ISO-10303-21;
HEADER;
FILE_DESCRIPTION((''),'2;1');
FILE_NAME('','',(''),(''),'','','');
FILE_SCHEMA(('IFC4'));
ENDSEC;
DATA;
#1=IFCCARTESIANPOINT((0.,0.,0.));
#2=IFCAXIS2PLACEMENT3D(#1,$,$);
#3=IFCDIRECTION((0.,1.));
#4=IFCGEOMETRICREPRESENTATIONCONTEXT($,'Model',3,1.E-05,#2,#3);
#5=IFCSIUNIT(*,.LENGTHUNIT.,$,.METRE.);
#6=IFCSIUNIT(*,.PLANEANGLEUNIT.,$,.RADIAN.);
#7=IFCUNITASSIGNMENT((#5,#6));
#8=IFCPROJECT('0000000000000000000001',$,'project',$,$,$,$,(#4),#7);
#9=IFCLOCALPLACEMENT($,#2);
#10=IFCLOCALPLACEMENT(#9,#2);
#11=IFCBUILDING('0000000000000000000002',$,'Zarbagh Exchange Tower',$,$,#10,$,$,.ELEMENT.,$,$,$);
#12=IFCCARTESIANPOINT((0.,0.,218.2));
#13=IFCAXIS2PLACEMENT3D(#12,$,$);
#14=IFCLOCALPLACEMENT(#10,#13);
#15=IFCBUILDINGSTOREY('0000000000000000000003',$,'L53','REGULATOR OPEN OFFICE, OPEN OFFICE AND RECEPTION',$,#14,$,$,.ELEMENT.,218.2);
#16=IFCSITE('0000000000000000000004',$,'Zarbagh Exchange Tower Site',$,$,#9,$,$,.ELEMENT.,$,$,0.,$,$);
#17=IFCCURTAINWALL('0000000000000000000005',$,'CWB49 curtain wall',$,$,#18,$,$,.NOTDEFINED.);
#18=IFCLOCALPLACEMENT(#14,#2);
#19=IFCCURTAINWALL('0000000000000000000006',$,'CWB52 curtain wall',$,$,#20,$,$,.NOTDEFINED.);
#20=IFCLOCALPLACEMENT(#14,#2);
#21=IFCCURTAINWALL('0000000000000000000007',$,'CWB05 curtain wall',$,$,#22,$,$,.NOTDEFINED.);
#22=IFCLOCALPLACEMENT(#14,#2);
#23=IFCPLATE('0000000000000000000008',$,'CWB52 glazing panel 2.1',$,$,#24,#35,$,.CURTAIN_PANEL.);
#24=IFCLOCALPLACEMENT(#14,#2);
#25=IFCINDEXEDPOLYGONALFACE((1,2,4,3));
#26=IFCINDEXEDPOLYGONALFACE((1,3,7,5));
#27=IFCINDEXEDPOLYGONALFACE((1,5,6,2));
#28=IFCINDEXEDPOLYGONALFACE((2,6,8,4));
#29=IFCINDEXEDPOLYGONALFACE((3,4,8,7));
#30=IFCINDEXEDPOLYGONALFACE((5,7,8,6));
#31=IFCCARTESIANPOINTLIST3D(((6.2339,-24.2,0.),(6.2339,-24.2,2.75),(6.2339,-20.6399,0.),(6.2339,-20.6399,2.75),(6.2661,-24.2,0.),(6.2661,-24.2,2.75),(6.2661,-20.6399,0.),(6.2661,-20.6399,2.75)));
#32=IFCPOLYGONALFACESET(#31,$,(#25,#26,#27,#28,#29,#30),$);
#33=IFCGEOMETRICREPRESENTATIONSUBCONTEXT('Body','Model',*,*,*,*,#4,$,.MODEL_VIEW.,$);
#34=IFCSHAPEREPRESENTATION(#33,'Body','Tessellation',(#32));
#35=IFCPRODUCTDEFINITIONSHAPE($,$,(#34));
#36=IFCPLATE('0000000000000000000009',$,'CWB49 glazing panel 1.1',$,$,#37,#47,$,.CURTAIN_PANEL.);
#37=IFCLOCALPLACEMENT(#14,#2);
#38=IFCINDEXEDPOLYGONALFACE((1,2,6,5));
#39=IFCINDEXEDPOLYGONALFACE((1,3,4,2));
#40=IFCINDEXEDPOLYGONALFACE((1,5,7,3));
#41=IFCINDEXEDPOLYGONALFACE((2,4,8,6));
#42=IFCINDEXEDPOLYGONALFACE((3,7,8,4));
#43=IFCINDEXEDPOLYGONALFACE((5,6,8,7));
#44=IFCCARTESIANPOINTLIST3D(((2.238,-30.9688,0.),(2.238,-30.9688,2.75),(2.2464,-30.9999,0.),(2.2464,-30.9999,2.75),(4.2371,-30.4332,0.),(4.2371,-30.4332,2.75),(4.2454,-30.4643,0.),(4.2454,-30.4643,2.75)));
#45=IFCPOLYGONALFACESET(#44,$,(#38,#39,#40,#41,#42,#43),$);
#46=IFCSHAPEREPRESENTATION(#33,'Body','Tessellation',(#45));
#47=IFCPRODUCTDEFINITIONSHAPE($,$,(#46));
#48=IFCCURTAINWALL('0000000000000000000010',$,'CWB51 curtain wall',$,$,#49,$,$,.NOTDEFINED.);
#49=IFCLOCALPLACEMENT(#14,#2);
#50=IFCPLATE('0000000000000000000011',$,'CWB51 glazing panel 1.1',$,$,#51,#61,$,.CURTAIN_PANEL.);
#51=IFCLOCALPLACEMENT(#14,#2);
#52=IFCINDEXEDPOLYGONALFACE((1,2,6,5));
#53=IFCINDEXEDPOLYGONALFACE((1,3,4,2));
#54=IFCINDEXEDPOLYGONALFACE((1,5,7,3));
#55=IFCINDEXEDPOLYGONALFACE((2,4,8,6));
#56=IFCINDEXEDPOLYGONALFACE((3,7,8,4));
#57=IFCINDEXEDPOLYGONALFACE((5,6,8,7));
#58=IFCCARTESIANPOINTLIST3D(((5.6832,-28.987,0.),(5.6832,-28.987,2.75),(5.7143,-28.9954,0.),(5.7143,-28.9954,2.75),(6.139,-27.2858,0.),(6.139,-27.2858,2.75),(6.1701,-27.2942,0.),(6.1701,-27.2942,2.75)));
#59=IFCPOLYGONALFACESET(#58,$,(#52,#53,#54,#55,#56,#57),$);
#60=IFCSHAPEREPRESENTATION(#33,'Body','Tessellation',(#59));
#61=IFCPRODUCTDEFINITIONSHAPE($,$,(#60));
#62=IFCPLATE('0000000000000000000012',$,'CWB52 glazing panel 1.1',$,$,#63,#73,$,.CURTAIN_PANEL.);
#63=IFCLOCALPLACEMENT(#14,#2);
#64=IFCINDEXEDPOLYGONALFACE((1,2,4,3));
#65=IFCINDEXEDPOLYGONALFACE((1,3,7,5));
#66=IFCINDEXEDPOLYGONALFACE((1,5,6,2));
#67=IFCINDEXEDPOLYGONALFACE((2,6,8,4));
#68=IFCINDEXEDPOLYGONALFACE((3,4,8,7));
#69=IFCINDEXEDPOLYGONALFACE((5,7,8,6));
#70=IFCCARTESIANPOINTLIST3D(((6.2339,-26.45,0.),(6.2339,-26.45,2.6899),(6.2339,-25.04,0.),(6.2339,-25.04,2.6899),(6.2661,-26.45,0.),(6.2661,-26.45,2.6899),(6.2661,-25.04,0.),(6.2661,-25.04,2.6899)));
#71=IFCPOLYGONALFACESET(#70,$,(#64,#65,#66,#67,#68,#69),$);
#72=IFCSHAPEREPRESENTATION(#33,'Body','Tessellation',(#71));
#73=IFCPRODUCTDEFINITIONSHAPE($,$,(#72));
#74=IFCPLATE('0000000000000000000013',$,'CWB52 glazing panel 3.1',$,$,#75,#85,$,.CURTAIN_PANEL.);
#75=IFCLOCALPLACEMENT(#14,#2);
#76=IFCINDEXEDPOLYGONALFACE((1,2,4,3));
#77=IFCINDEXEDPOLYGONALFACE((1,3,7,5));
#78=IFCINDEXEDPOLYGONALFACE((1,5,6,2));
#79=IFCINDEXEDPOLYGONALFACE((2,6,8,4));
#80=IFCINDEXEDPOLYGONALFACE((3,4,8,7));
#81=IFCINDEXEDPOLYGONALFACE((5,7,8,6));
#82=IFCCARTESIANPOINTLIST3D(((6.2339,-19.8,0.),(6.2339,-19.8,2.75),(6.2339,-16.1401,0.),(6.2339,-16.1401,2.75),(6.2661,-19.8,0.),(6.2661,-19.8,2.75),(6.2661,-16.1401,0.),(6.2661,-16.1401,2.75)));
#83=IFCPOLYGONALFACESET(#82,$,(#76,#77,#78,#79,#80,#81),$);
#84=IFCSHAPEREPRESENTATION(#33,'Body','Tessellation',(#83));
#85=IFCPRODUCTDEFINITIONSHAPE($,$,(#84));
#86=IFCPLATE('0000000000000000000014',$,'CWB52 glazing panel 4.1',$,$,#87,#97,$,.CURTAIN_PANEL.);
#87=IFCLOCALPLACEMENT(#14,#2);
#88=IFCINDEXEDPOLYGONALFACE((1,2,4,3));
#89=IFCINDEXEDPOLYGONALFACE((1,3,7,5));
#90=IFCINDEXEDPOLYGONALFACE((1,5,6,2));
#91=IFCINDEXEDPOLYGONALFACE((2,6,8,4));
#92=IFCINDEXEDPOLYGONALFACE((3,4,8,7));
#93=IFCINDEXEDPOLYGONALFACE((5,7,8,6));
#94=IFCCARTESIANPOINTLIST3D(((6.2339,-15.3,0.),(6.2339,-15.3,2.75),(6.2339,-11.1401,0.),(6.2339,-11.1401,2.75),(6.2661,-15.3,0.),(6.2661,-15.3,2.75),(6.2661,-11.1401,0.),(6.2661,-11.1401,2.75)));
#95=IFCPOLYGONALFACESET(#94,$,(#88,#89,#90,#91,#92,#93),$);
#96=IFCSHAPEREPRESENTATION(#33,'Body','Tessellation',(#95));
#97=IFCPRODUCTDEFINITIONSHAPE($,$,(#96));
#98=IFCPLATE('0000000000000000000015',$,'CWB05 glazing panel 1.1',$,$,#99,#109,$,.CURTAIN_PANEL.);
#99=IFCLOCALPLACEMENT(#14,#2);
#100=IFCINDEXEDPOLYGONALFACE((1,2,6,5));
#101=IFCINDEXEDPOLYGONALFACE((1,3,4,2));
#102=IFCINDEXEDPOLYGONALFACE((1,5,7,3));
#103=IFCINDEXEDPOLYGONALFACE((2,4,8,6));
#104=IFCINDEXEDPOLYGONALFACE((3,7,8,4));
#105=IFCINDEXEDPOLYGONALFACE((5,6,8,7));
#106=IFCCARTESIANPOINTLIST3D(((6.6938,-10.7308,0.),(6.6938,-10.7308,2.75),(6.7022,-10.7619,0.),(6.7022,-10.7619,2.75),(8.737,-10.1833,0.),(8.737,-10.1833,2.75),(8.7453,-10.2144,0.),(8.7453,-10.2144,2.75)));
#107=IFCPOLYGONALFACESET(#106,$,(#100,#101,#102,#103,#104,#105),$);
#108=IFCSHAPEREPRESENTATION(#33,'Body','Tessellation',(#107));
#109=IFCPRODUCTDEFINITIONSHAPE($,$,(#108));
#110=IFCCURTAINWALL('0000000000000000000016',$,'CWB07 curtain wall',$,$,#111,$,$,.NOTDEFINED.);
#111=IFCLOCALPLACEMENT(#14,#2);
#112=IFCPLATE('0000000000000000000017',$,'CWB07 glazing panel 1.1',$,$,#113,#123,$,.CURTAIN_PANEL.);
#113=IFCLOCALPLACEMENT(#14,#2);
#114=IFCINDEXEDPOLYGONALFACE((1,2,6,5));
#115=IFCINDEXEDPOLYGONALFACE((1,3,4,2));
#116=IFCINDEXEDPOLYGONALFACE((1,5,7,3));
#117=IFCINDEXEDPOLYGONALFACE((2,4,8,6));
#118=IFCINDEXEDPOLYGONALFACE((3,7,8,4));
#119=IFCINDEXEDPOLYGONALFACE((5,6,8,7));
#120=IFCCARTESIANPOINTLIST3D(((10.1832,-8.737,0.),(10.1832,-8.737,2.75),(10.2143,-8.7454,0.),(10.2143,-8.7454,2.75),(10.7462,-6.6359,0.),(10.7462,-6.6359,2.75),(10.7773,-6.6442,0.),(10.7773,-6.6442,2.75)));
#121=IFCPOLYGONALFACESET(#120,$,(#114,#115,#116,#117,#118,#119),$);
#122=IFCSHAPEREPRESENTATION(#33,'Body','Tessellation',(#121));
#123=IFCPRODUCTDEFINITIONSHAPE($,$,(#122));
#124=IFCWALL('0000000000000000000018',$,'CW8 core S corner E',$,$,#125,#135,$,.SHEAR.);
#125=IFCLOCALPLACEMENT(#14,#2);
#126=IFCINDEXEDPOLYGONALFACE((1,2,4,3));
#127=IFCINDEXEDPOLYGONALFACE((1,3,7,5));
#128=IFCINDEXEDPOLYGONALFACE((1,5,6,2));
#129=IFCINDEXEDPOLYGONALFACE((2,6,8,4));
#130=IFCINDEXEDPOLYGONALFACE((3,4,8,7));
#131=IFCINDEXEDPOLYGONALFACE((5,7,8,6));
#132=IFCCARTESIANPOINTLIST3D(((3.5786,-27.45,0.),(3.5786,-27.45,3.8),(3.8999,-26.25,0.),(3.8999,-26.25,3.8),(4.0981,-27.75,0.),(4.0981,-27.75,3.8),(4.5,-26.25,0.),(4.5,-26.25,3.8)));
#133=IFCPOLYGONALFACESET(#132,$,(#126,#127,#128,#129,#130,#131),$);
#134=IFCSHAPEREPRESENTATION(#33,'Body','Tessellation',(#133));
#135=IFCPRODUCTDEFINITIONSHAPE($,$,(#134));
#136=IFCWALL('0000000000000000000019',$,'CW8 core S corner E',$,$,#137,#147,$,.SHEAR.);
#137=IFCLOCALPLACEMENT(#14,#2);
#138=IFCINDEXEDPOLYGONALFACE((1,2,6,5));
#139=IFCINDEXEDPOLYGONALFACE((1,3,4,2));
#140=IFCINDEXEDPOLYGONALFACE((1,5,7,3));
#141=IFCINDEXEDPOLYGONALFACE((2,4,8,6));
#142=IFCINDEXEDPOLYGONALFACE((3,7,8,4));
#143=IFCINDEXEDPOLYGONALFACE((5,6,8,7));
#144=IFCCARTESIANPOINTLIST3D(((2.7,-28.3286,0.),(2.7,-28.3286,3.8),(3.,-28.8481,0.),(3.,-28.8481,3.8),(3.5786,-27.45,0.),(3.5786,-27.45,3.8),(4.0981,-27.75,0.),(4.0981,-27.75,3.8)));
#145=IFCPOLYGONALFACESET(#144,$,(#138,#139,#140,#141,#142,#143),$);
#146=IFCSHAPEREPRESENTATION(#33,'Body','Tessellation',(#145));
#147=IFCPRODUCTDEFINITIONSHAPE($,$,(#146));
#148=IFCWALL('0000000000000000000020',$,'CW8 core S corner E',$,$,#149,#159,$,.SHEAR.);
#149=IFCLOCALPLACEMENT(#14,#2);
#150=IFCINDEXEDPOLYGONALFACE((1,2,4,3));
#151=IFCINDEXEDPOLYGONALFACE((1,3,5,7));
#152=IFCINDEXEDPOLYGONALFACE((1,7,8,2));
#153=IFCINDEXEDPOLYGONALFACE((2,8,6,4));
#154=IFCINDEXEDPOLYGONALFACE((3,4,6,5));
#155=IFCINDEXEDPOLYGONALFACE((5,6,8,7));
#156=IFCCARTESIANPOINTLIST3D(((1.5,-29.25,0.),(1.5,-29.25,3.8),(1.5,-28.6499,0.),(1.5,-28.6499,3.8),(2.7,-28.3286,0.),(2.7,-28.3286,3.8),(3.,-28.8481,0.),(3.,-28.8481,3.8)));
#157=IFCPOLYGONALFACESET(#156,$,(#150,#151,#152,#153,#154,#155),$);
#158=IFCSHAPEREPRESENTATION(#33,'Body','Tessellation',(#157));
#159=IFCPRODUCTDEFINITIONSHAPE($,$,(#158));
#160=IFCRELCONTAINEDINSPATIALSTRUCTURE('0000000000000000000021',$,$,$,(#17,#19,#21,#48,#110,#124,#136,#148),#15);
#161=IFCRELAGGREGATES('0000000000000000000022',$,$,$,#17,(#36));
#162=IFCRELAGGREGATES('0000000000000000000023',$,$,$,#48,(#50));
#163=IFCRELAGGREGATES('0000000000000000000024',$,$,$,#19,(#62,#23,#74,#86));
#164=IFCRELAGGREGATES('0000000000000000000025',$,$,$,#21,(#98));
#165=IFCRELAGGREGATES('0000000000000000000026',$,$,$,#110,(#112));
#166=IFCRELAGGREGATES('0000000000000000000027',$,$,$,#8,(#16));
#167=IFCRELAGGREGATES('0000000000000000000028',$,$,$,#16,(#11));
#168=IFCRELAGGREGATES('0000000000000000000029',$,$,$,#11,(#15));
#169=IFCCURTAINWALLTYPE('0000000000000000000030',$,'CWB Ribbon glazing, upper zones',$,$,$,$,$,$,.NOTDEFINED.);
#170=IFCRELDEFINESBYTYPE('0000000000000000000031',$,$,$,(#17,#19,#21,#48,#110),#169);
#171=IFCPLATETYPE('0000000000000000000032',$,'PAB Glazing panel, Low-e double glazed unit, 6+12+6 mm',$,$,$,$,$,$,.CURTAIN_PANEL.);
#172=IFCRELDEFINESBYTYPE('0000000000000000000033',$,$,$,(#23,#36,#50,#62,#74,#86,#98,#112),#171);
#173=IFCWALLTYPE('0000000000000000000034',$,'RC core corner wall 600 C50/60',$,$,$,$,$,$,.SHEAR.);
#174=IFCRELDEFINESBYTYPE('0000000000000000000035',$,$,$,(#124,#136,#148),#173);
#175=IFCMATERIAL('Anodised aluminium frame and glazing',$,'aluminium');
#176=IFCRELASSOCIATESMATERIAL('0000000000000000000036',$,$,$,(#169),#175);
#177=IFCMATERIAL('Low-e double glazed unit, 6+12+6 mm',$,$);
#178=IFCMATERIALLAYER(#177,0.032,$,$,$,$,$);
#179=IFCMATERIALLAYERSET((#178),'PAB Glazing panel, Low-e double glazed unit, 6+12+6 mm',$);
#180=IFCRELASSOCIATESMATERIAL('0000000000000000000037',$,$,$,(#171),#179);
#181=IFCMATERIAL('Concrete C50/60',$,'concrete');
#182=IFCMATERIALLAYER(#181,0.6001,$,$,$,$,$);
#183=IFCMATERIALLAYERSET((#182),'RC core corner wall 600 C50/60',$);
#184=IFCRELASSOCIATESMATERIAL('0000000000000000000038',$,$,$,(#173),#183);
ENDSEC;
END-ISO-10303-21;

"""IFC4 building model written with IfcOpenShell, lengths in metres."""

from ifc_helpers import new_model, si_unit, direction, frame, origin, place, context, subcontext, project, spatial, polyline, outline, extrude, source, transform, mapped, material, layer, layer_set, type_object, element, aggregate, save


model = new_model("IFC4")

# Units and contexts
model_context = context("Model", 3, precision=1e-05, world=origin(), true_north=direction((0.0, 1.0)))
body_context = subcontext(model_context, "Body", "Model", "MODEL_VIEW")
ifc_project = project(units=[si_unit("LENGTHUNIT", "METRE"), si_unit("PLANEANGLEUNIT", "RADIAN")], contexts=[model_context])

# Site, building, storey
site_placement = place(None, origin())
site = spatial("IfcSite", under=ifc_project, at=site_placement, Name="Zarbagh Exchange Tower Site", CompositionType="ELEMENT", RefElevation=0.0)
building_placement = place(site_placement, origin())
building = spatial("IfcBuilding", under=site, at=building_placement, Name="Zarbagh Exchange Tower", CompositionType="ELEMENT")
storey_placement = place(building_placement, frame((0.0, 0.0, 218.2)))
storey = spatial("IfcBuildingStorey", under=building, at=storey_placement, Name="L53", Description="REGULATOR OPEN OFFICE, OPEN OFFICE AND RECEPTION", CompositionType="ELEMENT", Elevation=218.2)

# Curtain wall
ifc_material_1 = material(Name="Anodised aluminium frame and glazing", Category="aluminium")
curtain_wall_type = type_object("IfcCurtainWallType", Name="CWB Ribbon glazing, upper zones", PredefinedType="NOTDEFINED", material=ifc_material_1)
curtain_wall_1_placement = place(storey_placement, origin())
curtain_wall_1 = element("IfcCurtainWall", 1, at=curtain_wall_1_placement, inside=storey, type_object=curtain_wall_type, Name="CWB49 curtain wall", PredefinedType="NOTDEFINED")
placement = place(storey_placement, origin())

# Curtain wall
curtain_wall_2_placement = place(storey_placement, origin())
curtain_wall_2 = element("IfcCurtainWall", 2, at=curtain_wall_2_placement, inside=storey, type_object=curtain_wall_type, Name="CWB52 curtain wall", PredefinedType="NOTDEFINED")

# Curtain wall
curtain_wall_3_placement = place(storey_placement, origin())
curtain_wall_3 = element("IfcCurtainWall", 3, at=curtain_wall_3_placement, inside=storey, type_object=curtain_wall_type, Name="CWB05 curtain wall", PredefinedType="NOTDEFINED")

# Shared definitions
ifc_material_2 = material(Name="Low-e double glazed unit, 6+12+6 mm")
ifc_layer_1 = layer(ifc_material_2, 0.032)
ifc_layer_set_1 = layer_set([ifc_layer_1], Name="PAB Glazing panel, Low-e double glazed unit, 6+12+6 mm")
plate_type = type_object("IfcPlateType", Name="PAB Glazing panel, Low-e double glazed unit, 6+12+6 mm", PredefinedType="CURTAIN_PANEL", material=ifc_layer_set_1)

# Plates
shared_shape_1 = source(origin(), body_context, "Body", "SweptSolid", [
    extrude(outline(polyline([(0.0, -0.0161), (3.5601, -0.0161), (3.5601, 0.0161), (0.0, 0.0161), (0.0, -0.0161)])), origin(), (0.0, 0.0, 1.0), 2.75),
])
plate_1 = element("IfcPlate", 4, at=placement, type_object=plate_type, Name="CWB52 glazing panel 2.1", PredefinedType="CURTAIN_PANEL", context=body_context, shape_type="MappedRepresentation", body=[
    mapped(shared_shape_1, transform((6.25, -24.2, 0.0), x_axis=(0.0, 1.0, 0.0), y_axis=(-1.0, 0.0, 0.0), z_axis=(0.0, 0.0, 1.0))),
])
shared_shape_2 = source(origin(), body_context, "Body", "SweptSolid", [
    extrude(outline(polyline([(0.0, -0.0161), (2.0696, -0.0161), (2.0696, 0.0161), (0.0, 0.0161), (0.0, -0.0161)])), origin(), (0.0, 0.0, 1.0), 2.75),
])
plate_2 = element("IfcPlate", 5, at=placement, type_object=plate_type, Name="CWB49 glazing panel 1.1", PredefinedType="CURTAIN_PANEL", context=body_context, shape_type="MappedRepresentation", body=[
    mapped(shared_shape_2, transform((2.2422, -30.9844, 0.0), x_axis=(0.965924, 0.258825, 0.0), y_axis=(-0.258825, 0.965924, 0.0), z_axis=(0.0, 0.0, 1.0))),
])
aggregate(curtain_wall_1, [plate_2])

# Curtain wall, plate
curtain_wall_4_placement = place(storey_placement, origin())
curtain_wall_4 = element("IfcCurtainWall", 6, at=curtain_wall_4_placement, inside=storey, type_object=curtain_wall_type, Name="CWB51 curtain wall", PredefinedType="NOTDEFINED")
shared_shape_3 = source(origin(), body_context, "Body", "SweptSolid", [
    extrude(outline(polyline([(0.0, -0.0161), (1.7612, -0.0161), (1.7612, 0.0161), (0.0, 0.0161), (0.0, -0.0161)])), origin(), (0.0, 0.0, 1.0), 2.75),
])
plate_3 = element("IfcPlate", 7, at=placement, type_object=plate_type, Name="CWB51 glazing panel 1.1", PredefinedType="CURTAIN_PANEL", context=body_context, shape_type="MappedRepresentation", body=[
    mapped(shared_shape_3, transform((5.6987, -28.9912, 0.0), x_axis=(0.258825, 0.965924, 0.0), y_axis=(-0.965924, 0.258825, 0.0), z_axis=(0.0, 0.0, 1.0))),
])
aggregate(curtain_wall_4, [plate_3])

# Plates
shared_shape_4 = source(origin(), body_context, "Body", "SweptSolid", [
    extrude(outline(polyline([(0.0, -0.0161), (1.4099, -0.0161), (1.4099, 0.0161), (0.0, 0.0161), (0.0, -0.0161)])), origin(), (0.0, 0.0, 1.0), 2.6899),
])
plate_4 = element("IfcPlate", 8, at=placement, type_object=plate_type, Name="CWB52 glazing panel 1.1", PredefinedType="CURTAIN_PANEL", context=body_context, shape_type="MappedRepresentation", body=[
    mapped(shared_shape_4, transform((6.25, -26.45, 0.0), x_axis=(0.0, 1.0, 0.0), y_axis=(-1.0, 0.0, 0.0), z_axis=(0.0, 0.0, 1.0))),
])
shared_shape_5 = source(origin(), body_context, "Body", "SweptSolid", [
    extrude(outline(polyline([(0.0, -0.0161), (3.6599, -0.0161), (3.6599, 0.0161), (0.0, 0.0161), (0.0, -0.0161)])), origin(), (0.0, 0.0, 1.0), 2.75),
])
plate_5 = element("IfcPlate", 9, at=placement, type_object=plate_type, Name="CWB52 glazing panel 3.1", PredefinedType="CURTAIN_PANEL", context=body_context, shape_type="MappedRepresentation", body=[
    mapped(shared_shape_5, transform((6.25, -19.8, 0.0), x_axis=(0.0, 1.0, 0.0), y_axis=(-1.0, 0.0, 0.0), z_axis=(0.0, 0.0, 1.0))),
])
shared_shape_6 = source(origin(), body_context, "Body", "SweptSolid", [
    extrude(outline(polyline([(0.0, -0.0161), (4.1599, -0.0161), (4.1599, 0.0161), (0.0, 0.0161), (0.0, -0.0161)])), origin(), (0.0, 0.0, 1.0), 2.75),
])
plate_6 = element("IfcPlate", 10, at=placement, type_object=plate_type, Name="CWB52 glazing panel 4.1", PredefinedType="CURTAIN_PANEL", context=body_context, shape_type="MappedRepresentation", body=[
    mapped(shared_shape_6, transform((6.25, -15.3, 0.0), x_axis=(0.0, 1.0, 0.0), y_axis=(-1.0, 0.0, 0.0), z_axis=(0.0, 0.0, 1.0))),
])
aggregate(curtain_wall_2, [plate_4, plate_1, plate_5, plate_6])
shared_shape_7 = source(origin(), body_context, "Body", "SweptSolid", [
    extrude(outline(polyline([(0.0, -0.0161), (2.1152, -0.0161), (2.1152, 0.0161), (0.0, 0.0161), (0.0, -0.0161)])), origin(), (0.0, 0.0, 1.0), 2.75),
])
plate_7 = element("IfcPlate", 11, at=placement, type_object=plate_type, Name="CWB05 glazing panel 1.1", PredefinedType="CURTAIN_PANEL", context=body_context, shape_type="MappedRepresentation", body=[
    mapped(shared_shape_7, transform((6.698, -10.7463, 0.0), x_axis=(0.965924, 0.258825, 0.0), y_axis=(-0.258825, 0.965924, 0.0), z_axis=(0.0, 0.0, 1.0))),
])
aggregate(curtain_wall_3, [plate_7])

# Curtain wall, plate
curtain_wall_5_placement = place(storey_placement, origin())
curtain_wall_5 = element("IfcCurtainWall", 12, at=curtain_wall_5_placement, inside=storey, type_object=curtain_wall_type, Name="CWB07 curtain wall", PredefinedType="NOTDEFINED")
shared_shape_8 = source(origin(), body_context, "Body", "SweptSolid", [
    extrude(outline(polyline([(0.0, -0.0161), (2.1753, -0.0161), (2.1753, 0.0161), (0.0, 0.0161), (0.0, -0.0161)])), origin(), (0.0, 0.0, 1.0), 2.75),
])
plate_8 = element("IfcPlate", 13, at=placement, type_object=plate_type, Name="CWB07 glazing panel 1.1", PredefinedType="CURTAIN_PANEL", context=body_context, shape_type="MappedRepresentation", body=[
    mapped(shared_shape_8, transform((10.1987, -8.7412, 0.0), x_axis=(0.258825, 0.965924, 0.0), y_axis=(-0.965924, 0.258825, 0.0), z_axis=(0.0, 0.0, 1.0))),
])
aggregate(curtain_wall_5, [plate_8])

# Walls
ifc_material_3 = material(Name="Concrete C50/60", Category="concrete")
ifc_layer_2 = layer(ifc_material_3, 0.6001)
ifc_layer_set_2 = layer_set([ifc_layer_2], Name="RC core corner wall 600 C50/60")
wall_type = type_object("IfcWallType", Name="RC core corner wall 600 C50/60", PredefinedType="SHEAR", material=ifc_layer_set_2)
wall_1_placement = place(storey_placement, origin())
element("IfcWall", 14, at=wall_1_placement, inside=storey, type_object=wall_type, Name="CW8 core S corner E", PredefinedType="SHEAR", context=body_context, shape_type="SweptSolid", body=[
    extrude(outline(polyline([(4.5, -26.25), (4.0981, -27.75), (3.5786, -27.45), (3.8999, -26.25), (4.5, -26.25)])), origin(), (0.0, 0.0, 1.0), 3.8),
])
wall_2_placement = place(storey_placement, origin())
element("IfcWall", 15, at=wall_2_placement, inside=storey, type_object=wall_type, Name="CW8 core S corner E", PredefinedType="SHEAR", context=body_context, shape_type="SweptSolid", body=[
    extrude(outline(polyline([(4.0981, -27.75), (3.0, -28.8481), (2.7, -28.3286), (3.5786, -27.45), (4.0981, -27.75)])), origin(), (0.0, 0.0, 1.0), 3.8),
])
wall_3_placement = place(storey_placement, origin())
element("IfcWall", 16, at=wall_3_placement, inside=storey, type_object=wall_type, Name="CW8 core S corner E", PredefinedType="SHEAR", context=body_context, shape_type="SweptSolid", body=[
    extrude(outline(polyline([(3.0, -28.8481), (1.5, -29.25), (1.5, -28.6499), (2.7, -28.3286), (3.0, -28.8481)])), origin(), (0.0, 0.0, 1.0), 3.8),
])

save(model, "model.ifc")
